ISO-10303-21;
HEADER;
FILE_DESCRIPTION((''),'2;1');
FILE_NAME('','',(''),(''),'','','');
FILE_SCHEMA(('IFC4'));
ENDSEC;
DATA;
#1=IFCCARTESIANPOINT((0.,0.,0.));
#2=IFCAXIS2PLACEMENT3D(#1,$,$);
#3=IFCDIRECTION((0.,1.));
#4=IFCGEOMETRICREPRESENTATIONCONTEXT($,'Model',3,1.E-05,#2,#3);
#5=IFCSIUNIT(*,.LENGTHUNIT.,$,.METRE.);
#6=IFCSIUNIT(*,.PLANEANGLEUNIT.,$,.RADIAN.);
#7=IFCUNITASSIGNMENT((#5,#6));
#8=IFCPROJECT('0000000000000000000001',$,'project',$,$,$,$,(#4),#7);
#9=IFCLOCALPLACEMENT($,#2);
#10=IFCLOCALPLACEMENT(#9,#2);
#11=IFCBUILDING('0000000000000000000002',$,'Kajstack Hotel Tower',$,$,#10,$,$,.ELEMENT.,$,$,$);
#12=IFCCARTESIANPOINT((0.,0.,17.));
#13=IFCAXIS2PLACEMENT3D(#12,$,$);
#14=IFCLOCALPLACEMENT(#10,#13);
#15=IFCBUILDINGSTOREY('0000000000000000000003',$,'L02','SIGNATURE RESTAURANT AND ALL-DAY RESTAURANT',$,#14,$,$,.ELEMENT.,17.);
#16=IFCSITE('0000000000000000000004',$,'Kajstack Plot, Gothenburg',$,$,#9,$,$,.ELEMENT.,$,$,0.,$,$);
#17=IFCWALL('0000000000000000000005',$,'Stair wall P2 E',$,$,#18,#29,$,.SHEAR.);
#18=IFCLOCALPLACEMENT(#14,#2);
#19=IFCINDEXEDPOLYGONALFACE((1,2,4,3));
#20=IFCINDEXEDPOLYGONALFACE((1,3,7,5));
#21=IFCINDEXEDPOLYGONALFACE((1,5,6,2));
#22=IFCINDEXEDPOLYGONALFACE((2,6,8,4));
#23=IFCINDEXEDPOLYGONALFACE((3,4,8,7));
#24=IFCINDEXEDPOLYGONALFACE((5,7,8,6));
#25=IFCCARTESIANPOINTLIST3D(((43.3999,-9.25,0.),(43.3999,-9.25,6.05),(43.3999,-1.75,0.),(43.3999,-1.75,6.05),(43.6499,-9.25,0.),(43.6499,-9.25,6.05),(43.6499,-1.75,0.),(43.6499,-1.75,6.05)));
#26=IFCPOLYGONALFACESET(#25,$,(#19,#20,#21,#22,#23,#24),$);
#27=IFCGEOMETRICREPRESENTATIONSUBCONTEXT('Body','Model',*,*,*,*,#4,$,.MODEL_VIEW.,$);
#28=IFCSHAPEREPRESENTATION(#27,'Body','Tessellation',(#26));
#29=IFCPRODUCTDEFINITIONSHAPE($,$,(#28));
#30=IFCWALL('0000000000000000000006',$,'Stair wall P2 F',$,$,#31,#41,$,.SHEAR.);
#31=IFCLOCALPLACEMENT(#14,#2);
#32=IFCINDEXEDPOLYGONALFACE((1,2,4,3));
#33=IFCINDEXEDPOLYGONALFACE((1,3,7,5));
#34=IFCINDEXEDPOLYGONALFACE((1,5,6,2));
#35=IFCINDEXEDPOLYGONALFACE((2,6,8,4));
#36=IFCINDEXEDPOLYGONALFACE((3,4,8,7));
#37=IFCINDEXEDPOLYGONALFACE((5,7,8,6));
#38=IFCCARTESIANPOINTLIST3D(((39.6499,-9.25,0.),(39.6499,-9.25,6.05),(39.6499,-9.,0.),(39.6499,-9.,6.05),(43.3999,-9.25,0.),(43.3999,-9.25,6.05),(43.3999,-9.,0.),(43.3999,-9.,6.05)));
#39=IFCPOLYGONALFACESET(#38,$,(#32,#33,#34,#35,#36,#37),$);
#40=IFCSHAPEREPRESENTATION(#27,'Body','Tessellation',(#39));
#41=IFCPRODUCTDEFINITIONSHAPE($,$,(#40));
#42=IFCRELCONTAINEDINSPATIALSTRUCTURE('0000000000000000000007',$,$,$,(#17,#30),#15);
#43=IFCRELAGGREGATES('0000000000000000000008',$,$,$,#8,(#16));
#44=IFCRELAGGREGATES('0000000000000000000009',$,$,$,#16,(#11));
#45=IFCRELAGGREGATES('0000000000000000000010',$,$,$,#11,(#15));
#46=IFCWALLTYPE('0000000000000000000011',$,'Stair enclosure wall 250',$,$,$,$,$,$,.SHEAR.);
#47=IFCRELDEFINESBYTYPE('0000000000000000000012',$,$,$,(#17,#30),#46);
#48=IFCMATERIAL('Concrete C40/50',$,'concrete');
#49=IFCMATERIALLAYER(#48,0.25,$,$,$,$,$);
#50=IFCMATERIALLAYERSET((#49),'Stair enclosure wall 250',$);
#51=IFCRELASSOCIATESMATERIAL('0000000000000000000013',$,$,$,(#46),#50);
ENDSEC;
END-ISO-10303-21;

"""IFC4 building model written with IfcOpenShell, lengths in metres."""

from ifc_helpers import new_model, si_unit, direction, frame, frame_2d, origin, place, context, subcontext, project, spatial, rectangle, extrude, material, layer, layer_set, type_object, element, save


model = new_model("IFC4")

# Units and contexts
model_context = context("Model", 3, precision=1e-05, world=origin(), true_north=direction((0.0, 1.0)))
body_context = subcontext(model_context, "Body", "Model", "MODEL_VIEW")
ifc_project = project(units=[si_unit("LENGTHUNIT", "METRE"), si_unit("PLANEANGLEUNIT", "RADIAN")], contexts=[model_context])

# Site, building, storey
site_placement = place(None, origin())
site = spatial("IfcSite", under=ifc_project, at=site_placement, Name="Kajstack Plot, Gothenburg", CompositionType="ELEMENT", RefElevation=0.0)
building_placement = place(site_placement, origin())
building = spatial("IfcBuilding", under=site, at=building_placement, Name="Kajstack Hotel Tower", CompositionType="ELEMENT")
storey_placement = place(building_placement, frame((0.0, 0.0, 17.0)))
storey = spatial("IfcBuildingStorey", under=building, at=storey_placement, Name="L02", Description="SIGNATURE RESTAURANT AND ALL-DAY RESTAURANT", CompositionType="ELEMENT", Elevation=17.0)

# Walls
ifc_material_1 = material(Name="Concrete C40/50", Category="concrete")
ifc_layer_1 = layer(ifc_material_1, 0.25)
ifc_layer_set_1 = layer_set([ifc_layer_1], Name="Stair enclosure wall 250")
wall_type_1 = type_object("IfcWallType", Name="Stair enclosure wall 250", PredefinedType="SHEAR", material=ifc_layer_set_1)
for number, where, z_axis, x_axis, name in (
    (1, (43.5249, -9.25, 0.0), (0.0, 0.0, 1.0), (0.0, 1.0, 0.0), "Stair wall P2 E"),
):
    element("IfcWall", number, at=place(storey_placement, frame(where, z_axis=z_axis, x_axis=x_axis)), inside=storey, type_object=wall_type_1, Name=name, PredefinedType="SHEAR", context=body_context, shape_type="SweptSolid", body=[
        extrude(rectangle(XDim=7.5, YDim=0.25, at=frame_2d((3.75, 0.0))), origin(), (0.0, 0.0, 1.0), 6.05),
    ])
wall_1_placement = place(storey_placement, frame((39.6499, -9.125, 0.0), z_axis=(0.0, 0.0, 1.0), x_axis=(1.0, 0.0, 0.0)))
element("IfcWall", 2, at=wall_1_placement, inside=storey, type_object=wall_type_1, Name="Stair wall P2 F", PredefinedType="SHEAR", context=body_context, shape_type="SweptSolid", body=[
    extrude(rectangle(XDim=3.75, YDim=0.25, at=frame_2d((1.875, 0.0))), origin(), (0.0, 0.0, 1.0), 6.05),
])

save(model, "model.ifc")
